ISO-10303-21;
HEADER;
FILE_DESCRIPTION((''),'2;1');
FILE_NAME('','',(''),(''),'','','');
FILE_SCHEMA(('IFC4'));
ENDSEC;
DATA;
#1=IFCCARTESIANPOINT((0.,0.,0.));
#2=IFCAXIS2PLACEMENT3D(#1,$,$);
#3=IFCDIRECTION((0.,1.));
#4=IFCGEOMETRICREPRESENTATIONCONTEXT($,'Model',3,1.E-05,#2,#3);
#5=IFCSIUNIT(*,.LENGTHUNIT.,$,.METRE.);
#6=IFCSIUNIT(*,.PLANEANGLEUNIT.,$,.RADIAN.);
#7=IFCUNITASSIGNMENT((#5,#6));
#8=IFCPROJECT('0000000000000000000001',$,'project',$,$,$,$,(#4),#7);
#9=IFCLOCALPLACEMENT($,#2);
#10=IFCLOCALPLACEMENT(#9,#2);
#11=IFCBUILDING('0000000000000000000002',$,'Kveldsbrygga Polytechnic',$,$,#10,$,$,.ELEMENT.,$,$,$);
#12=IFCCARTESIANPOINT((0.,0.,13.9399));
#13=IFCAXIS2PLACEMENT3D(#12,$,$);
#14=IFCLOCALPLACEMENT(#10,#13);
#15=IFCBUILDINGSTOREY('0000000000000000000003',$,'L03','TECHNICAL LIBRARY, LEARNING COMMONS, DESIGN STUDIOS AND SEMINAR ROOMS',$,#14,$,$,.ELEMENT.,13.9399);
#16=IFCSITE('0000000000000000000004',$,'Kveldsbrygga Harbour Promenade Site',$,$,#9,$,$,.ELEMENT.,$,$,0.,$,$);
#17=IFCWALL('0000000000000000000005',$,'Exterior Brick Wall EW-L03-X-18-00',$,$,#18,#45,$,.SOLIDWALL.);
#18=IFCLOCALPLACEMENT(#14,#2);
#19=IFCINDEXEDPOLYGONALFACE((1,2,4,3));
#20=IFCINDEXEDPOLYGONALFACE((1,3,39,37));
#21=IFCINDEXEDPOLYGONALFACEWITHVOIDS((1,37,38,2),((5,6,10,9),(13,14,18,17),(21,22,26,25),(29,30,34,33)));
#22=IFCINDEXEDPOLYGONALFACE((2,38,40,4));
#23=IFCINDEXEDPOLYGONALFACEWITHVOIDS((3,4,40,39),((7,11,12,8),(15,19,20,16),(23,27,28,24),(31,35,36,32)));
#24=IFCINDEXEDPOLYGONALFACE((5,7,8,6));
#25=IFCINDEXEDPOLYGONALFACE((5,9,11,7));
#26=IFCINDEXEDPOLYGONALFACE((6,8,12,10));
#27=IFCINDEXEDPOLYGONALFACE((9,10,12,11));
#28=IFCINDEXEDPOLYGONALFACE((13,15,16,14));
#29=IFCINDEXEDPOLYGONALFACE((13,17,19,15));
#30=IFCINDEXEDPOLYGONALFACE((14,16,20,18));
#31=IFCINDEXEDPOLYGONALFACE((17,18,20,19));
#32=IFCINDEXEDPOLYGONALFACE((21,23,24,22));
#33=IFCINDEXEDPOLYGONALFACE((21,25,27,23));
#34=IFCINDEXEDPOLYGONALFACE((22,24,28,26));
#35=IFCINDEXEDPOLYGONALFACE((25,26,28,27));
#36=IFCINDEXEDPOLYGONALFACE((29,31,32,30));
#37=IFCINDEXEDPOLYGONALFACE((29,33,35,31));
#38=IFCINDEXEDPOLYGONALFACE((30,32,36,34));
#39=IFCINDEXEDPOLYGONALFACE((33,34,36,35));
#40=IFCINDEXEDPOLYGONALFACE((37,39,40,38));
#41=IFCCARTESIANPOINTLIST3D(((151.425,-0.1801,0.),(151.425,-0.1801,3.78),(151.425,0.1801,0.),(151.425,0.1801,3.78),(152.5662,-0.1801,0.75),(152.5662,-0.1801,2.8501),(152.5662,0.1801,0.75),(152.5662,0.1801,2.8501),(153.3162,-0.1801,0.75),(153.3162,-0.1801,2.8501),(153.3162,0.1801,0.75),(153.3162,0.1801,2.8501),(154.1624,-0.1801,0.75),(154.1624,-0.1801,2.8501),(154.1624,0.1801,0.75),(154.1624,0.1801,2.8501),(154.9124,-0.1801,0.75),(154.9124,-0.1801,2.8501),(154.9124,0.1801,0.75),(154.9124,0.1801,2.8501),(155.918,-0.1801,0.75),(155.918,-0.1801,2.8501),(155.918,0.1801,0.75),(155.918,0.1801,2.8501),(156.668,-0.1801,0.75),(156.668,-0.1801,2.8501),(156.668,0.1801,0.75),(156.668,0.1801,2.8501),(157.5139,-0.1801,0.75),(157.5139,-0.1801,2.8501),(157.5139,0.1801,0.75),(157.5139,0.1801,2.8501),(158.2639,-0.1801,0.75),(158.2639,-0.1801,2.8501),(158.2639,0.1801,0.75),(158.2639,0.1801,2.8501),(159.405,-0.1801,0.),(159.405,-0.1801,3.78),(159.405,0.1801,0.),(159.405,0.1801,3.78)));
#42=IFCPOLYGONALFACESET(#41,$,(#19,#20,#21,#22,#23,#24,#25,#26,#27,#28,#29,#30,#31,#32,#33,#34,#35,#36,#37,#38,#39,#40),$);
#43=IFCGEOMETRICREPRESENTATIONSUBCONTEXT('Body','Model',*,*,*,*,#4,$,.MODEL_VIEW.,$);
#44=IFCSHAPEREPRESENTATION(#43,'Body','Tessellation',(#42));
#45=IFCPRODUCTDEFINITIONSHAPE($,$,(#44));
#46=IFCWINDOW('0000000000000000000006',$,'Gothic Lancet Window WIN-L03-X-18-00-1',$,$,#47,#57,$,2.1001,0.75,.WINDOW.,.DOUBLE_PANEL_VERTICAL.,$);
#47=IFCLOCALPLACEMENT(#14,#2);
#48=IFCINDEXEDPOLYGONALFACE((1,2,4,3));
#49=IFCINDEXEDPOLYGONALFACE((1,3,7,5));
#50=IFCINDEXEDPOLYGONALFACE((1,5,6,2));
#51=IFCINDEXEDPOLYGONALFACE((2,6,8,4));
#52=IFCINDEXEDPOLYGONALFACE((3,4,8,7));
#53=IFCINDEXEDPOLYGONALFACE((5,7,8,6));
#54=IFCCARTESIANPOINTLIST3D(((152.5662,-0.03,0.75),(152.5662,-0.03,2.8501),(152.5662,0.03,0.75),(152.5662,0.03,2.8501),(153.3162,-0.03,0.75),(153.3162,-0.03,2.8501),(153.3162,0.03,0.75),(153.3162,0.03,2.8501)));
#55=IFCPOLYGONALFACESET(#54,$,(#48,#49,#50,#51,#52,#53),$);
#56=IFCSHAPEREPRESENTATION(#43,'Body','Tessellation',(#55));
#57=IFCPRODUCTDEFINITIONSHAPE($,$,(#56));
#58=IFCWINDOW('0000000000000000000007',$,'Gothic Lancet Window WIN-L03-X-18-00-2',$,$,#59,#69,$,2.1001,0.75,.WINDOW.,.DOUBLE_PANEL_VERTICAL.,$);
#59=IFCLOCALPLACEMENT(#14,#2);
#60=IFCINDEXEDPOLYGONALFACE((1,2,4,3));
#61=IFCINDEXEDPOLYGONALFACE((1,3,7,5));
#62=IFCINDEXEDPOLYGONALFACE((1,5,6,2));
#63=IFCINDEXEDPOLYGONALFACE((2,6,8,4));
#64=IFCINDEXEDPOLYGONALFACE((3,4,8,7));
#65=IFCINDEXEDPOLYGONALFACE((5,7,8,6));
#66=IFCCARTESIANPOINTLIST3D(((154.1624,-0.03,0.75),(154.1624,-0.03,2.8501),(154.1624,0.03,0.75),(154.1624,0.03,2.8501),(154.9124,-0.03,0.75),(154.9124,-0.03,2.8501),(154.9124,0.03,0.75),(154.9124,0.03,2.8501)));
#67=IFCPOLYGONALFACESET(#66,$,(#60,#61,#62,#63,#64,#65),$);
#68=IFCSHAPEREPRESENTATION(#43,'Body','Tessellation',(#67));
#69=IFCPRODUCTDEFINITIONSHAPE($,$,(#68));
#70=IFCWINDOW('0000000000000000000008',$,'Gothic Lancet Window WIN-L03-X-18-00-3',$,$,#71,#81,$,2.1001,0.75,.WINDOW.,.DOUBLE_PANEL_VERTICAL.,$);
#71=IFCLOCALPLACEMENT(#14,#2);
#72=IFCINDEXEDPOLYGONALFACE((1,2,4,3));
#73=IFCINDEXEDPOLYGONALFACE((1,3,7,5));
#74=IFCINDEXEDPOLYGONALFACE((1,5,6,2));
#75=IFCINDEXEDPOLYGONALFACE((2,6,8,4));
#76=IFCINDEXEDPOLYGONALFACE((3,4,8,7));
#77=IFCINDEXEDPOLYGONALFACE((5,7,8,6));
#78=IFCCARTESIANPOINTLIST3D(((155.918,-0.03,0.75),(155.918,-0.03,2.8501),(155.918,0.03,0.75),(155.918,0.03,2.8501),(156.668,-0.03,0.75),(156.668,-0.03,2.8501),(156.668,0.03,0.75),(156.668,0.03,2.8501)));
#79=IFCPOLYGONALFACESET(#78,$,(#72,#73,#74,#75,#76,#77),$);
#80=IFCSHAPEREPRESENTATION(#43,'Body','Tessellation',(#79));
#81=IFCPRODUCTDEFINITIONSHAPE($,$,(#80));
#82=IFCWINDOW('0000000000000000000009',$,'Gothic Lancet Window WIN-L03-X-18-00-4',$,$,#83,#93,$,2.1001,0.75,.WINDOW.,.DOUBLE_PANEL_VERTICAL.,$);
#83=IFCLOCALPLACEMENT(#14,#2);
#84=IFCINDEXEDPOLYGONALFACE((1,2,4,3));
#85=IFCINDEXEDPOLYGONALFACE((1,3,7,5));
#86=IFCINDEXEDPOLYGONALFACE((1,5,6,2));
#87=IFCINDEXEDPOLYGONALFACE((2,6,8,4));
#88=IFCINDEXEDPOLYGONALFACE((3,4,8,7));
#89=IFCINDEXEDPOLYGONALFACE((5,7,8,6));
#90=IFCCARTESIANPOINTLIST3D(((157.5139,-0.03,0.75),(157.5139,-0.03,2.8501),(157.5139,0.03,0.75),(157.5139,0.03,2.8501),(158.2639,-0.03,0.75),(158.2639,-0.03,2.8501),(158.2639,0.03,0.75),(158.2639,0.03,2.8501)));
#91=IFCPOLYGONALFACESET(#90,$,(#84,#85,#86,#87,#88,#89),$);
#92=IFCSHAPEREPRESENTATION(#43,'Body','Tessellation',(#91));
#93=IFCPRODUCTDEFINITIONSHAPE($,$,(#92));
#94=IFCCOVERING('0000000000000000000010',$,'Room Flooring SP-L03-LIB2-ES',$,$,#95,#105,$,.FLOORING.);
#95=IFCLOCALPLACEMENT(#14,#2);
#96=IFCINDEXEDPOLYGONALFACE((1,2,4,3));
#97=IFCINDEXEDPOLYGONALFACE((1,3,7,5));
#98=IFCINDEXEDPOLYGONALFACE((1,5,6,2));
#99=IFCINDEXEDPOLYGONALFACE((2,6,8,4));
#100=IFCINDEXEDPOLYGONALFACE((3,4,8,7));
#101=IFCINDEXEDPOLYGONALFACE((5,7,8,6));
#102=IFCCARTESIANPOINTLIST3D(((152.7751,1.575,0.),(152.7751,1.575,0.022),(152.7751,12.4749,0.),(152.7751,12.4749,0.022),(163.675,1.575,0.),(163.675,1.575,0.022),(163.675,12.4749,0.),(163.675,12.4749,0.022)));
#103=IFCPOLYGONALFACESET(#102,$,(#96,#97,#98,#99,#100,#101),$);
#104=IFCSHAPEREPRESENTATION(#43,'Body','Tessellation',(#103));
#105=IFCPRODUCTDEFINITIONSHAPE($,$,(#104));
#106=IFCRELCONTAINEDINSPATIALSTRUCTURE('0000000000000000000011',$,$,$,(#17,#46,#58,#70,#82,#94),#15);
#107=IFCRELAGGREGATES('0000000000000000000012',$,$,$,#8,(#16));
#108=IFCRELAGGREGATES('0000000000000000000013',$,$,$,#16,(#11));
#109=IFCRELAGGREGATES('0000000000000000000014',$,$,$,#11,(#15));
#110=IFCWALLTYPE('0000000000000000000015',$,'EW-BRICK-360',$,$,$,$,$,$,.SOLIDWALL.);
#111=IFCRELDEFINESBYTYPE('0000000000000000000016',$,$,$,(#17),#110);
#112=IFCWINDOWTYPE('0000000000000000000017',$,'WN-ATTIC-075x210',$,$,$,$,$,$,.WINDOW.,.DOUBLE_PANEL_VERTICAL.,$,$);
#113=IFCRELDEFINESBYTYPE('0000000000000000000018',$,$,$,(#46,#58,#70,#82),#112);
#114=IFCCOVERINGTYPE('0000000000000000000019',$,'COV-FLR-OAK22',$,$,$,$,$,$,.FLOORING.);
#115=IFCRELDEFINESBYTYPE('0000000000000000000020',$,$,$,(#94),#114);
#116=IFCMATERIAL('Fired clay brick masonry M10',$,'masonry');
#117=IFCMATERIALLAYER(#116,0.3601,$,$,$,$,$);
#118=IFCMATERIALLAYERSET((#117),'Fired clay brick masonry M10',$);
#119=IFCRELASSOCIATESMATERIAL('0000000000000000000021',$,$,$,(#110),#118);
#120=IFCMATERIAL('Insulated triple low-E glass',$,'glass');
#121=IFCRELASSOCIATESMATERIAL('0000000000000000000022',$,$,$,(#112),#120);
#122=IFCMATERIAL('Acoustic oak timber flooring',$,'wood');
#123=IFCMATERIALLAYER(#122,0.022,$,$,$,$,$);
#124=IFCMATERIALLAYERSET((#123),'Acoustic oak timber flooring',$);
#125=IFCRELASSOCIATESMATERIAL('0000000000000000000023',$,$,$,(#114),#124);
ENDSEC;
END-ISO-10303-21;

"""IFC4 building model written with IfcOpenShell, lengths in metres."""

from ifc_helpers import new_model, si_unit, direction, frame, frame_2d, origin, origin_2d, place, context, subcontext, project, spatial, rectangle, extrude, material, layer, layer_set, type_object, element, fill, save


model = new_model("IFC4")

# Units and contexts
model_context = context("Model", 3, precision=1e-05, world=origin(), true_north=direction((0.0, 1.0)))
body_context = subcontext(model_context, "Body", "Model", "MODEL_VIEW")
ifc_project = project(units=[si_unit("LENGTHUNIT", "METRE"), si_unit("PLANEANGLEUNIT", "RADIAN")], contexts=[model_context])

# Site, building, storey
site_placement = place(None, origin())
site = spatial("IfcSite", under=ifc_project, at=site_placement, Name="Kveldsbrygga Harbour Promenade Site", CompositionType="ELEMENT", RefElevation=0.0)
building_placement = place(site_placement, origin())
building = spatial("IfcBuilding", under=site, at=building_placement, Name="Kveldsbrygga Polytechnic", CompositionType="ELEMENT")
storey_placement = place(building_placement, frame((0.0, 0.0, 13.9399)))
storey = spatial("IfcBuildingStorey", under=building, at=storey_placement, Name="L03", Description="TECHNICAL LIBRARY, LEARNING COMMONS, DESIGN STUDIOS AND SEMINAR ROOMS", CompositionType="ELEMENT", Elevation=13.9399)

# Wall, openings, windows
ifc_material_1 = material(Name="Fired clay brick masonry M10", Category="masonry")
ifc_layer_1 = layer(ifc_material_1, 0.3601)
ifc_layer_set_1 = layer_set([ifc_layer_1], Name="Fired clay brick masonry M10")
wall_type = type_object("IfcWallType", Name="EW-BRICK-360", PredefinedType="SOLIDWALL", material=ifc_layer_set_1)
wall_placement = place(storey_placement, frame((151.425, 0.0, 0.0), z_axis=(0.0, 0.0, 1.0), x_axis=(1.0, 0.0, 0.0)))
wall = element("IfcWall", 1, at=wall_placement, inside=storey, type_object=wall_type, Name="Exterior Brick Wall EW-L03-X-18-00", PredefinedType="SOLIDWALL", context=body_context, shape_type="SweptSolid", body=[
    extrude(rectangle(XDim=7.98, YDim=0.3601, at=frame_2d((3.99, 0.0))), origin(), (0.0, 0.0, 1.0), 3.78),
])
opening_1_placement = place(wall_placement, frame((1.1411, 0.0, 0.75)))
opening_1 = element("IfcOpeningElement", 2, at=opening_1_placement, cuts=wall, PredefinedType="OPENING", context=body_context, shape_type="SweptSolid", body=[
    extrude(rectangle(XDim=0.75, YDim=2.1001, at=frame_2d((0.375, 1.05))), frame((0.0, 0.1899, 0.0), z_axis=(0.0, -1.0, 0.0), x_axis=(1.0, 0.0, 0.0)), (0.0, 0.0, 1.0), 0.3801),
])
opening_2_placement = place(wall_placement, frame((2.7373, 0.0, 0.75)))
opening_2 = element("IfcOpeningElement", 3, at=opening_2_placement, cuts=wall, PredefinedType="OPENING", context=body_context, shape_type="SweptSolid", body=[
    extrude(rectangle(XDim=0.75, YDim=2.1001, at=frame_2d((0.375, 1.05))), frame((0.0, 0.1899, 0.0), z_axis=(0.0, -1.0, 0.0), x_axis=(1.0, 0.0, 0.0)), (0.0, 0.0, 1.0), 0.3801),
])
opening_3_placement = place(wall_placement, frame((4.4929, 0.0, 0.75)))
opening_3 = element("IfcOpeningElement", 4, at=opening_3_placement, cuts=wall, PredefinedType="OPENING", context=body_context, shape_type="SweptSolid", body=[
    extrude(rectangle(XDim=0.75, YDim=2.1001, at=frame_2d((0.375, 1.05))), frame((0.0, 0.1899, 0.0), z_axis=(0.0, -1.0, 0.0), x_axis=(1.0, 0.0, 0.0)), (0.0, 0.0, 1.0), 0.3801),
])
opening_4_placement = place(wall_placement, frame((6.0889, 0.0, 0.75)))
opening_4 = element("IfcOpeningElement", 5, at=opening_4_placement, cuts=wall, PredefinedType="OPENING", context=body_context, shape_type="SweptSolid", body=[
    extrude(rectangle(XDim=0.75, YDim=2.1001, at=frame_2d((0.375, 1.05))), frame((0.0, 0.1899, 0.0), z_axis=(0.0, -1.0, 0.0), x_axis=(1.0, 0.0, 0.0)), (0.0, 0.0, 1.0), 0.3801),
])
ifc_material_2 = material(Name="Insulated triple low-E glass", Category="glass")
window_type = type_object("IfcWindowType", Name="WN-ATTIC-075x210", PartitioningType="DOUBLE_PANEL_VERTICAL", PredefinedType="WINDOW", material=ifc_material_2)
window_1_placement = place(opening_1_placement, origin())
window_1 = element("IfcWindow", 6, at=window_1_placement, inside=storey, type_object=window_type, Name="Gothic Lancet Window WIN-L03-X-18-00-1", OverallHeight=2.1001, OverallWidth=0.75, PartitioningType="DOUBLE_PANEL_VERTICAL", PredefinedType="WINDOW", context=body_context, shape_type="SweptSolid", body=[
    extrude(rectangle(XDim=0.75, YDim=2.1001, at=frame_2d((0.375, 1.05))), frame((0.0, 0.03, 0.0), z_axis=(0.0, -1.0, 0.0), x_axis=(1.0, 0.0, 0.0)), (0.0, 0.0, 1.0), 0.0601),
])
fill(opening_1, window_1)
window_2_placement = place(opening_2_placement, origin())
window_2 = element("IfcWindow", 7, at=window_2_placement, inside=storey, type_object=window_type, Name="Gothic Lancet Window WIN-L03-X-18-00-2", OverallHeight=2.1001, OverallWidth=0.75, PartitioningType="DOUBLE_PANEL_VERTICAL", PredefinedType="WINDOW", context=body_context, shape_type="SweptSolid", body=[
    extrude(rectangle(XDim=0.75, YDim=2.1001, at=frame_2d((0.375, 1.05))), frame((0.0, 0.03, 0.0), z_axis=(0.0, -1.0, 0.0), x_axis=(1.0, 0.0, 0.0)), (0.0, 0.0, 1.0), 0.0601),
])
fill(opening_2, window_2)
window_3_placement = place(opening_3_placement, origin())
window_3 = element("IfcWindow", 8, at=window_3_placement, inside=storey, type_object=window_type, Name="Gothic Lancet Window WIN-L03-X-18-00-3", OverallHeight=2.1001, OverallWidth=0.75, PartitioningType="DOUBLE_PANEL_VERTICAL", PredefinedType="WINDOW", context=body_context, shape_type="SweptSolid", body=[
    extrude(rectangle(XDim=0.75, YDim=2.1001, at=frame_2d((0.375, 1.05))), frame((0.0, 0.03, 0.0), z_axis=(0.0, -1.0, 0.0), x_axis=(1.0, 0.0, 0.0)), (0.0, 0.0, 1.0), 0.0601),
])
fill(opening_3, window_3)
window_4_placement = place(opening_4_placement, origin())
window_4 = element("IfcWindow", 9, at=window_4_placement, inside=storey, type_object=window_type, Name="Gothic Lancet Window WIN-L03-X-18-00-4", OverallHeight=2.1001, OverallWidth=0.75, PartitioningType="DOUBLE_PANEL_VERTICAL", PredefinedType="WINDOW", context=body_context, shape_type="SweptSolid", body=[
    extrude(rectangle(XDim=0.75, YDim=2.1001, at=frame_2d((0.375, 1.05))), frame((0.0, 0.03, 0.0), z_axis=(0.0, -1.0, 0.0), x_axis=(1.0, 0.0, 0.0)), (0.0, 0.0, 1.0), 0.0601),
])
fill(opening_4, window_4)

# Covering
ifc_material_3 = material(Name="Acoustic oak timber flooring", Category="wood")
ifc_layer_2 = layer(ifc_material_3, 0.022)
ifc_layer_set_2 = layer_set([ifc_layer_2], Name="Acoustic oak timber flooring")
covering_type = type_object("IfcCoveringType", Name="COV-FLR-OAK22", PredefinedType="FLOORING", material=ifc_layer_set_2)
covering_placement = place(storey_placement, frame((158.2251, 7.0249, 0.0), z_axis=(0.0, 0.0, 1.0), x_axis=(1.0, 0.0, 0.0)))
element("IfcCovering", 10, at=covering_placement, inside=storey, type_object=covering_type, Name="Room Flooring SP-L03-LIB2-ES", PredefinedType="FLOORING", context=body_context, shape_type="SweptSolid", body=[
    extrude(rectangle(XDim=10.8999, YDim=10.8999, at=origin_2d()), origin(), (0.0, 0.0, 1.0), 0.022),
])

save(model, "model.ifc")
